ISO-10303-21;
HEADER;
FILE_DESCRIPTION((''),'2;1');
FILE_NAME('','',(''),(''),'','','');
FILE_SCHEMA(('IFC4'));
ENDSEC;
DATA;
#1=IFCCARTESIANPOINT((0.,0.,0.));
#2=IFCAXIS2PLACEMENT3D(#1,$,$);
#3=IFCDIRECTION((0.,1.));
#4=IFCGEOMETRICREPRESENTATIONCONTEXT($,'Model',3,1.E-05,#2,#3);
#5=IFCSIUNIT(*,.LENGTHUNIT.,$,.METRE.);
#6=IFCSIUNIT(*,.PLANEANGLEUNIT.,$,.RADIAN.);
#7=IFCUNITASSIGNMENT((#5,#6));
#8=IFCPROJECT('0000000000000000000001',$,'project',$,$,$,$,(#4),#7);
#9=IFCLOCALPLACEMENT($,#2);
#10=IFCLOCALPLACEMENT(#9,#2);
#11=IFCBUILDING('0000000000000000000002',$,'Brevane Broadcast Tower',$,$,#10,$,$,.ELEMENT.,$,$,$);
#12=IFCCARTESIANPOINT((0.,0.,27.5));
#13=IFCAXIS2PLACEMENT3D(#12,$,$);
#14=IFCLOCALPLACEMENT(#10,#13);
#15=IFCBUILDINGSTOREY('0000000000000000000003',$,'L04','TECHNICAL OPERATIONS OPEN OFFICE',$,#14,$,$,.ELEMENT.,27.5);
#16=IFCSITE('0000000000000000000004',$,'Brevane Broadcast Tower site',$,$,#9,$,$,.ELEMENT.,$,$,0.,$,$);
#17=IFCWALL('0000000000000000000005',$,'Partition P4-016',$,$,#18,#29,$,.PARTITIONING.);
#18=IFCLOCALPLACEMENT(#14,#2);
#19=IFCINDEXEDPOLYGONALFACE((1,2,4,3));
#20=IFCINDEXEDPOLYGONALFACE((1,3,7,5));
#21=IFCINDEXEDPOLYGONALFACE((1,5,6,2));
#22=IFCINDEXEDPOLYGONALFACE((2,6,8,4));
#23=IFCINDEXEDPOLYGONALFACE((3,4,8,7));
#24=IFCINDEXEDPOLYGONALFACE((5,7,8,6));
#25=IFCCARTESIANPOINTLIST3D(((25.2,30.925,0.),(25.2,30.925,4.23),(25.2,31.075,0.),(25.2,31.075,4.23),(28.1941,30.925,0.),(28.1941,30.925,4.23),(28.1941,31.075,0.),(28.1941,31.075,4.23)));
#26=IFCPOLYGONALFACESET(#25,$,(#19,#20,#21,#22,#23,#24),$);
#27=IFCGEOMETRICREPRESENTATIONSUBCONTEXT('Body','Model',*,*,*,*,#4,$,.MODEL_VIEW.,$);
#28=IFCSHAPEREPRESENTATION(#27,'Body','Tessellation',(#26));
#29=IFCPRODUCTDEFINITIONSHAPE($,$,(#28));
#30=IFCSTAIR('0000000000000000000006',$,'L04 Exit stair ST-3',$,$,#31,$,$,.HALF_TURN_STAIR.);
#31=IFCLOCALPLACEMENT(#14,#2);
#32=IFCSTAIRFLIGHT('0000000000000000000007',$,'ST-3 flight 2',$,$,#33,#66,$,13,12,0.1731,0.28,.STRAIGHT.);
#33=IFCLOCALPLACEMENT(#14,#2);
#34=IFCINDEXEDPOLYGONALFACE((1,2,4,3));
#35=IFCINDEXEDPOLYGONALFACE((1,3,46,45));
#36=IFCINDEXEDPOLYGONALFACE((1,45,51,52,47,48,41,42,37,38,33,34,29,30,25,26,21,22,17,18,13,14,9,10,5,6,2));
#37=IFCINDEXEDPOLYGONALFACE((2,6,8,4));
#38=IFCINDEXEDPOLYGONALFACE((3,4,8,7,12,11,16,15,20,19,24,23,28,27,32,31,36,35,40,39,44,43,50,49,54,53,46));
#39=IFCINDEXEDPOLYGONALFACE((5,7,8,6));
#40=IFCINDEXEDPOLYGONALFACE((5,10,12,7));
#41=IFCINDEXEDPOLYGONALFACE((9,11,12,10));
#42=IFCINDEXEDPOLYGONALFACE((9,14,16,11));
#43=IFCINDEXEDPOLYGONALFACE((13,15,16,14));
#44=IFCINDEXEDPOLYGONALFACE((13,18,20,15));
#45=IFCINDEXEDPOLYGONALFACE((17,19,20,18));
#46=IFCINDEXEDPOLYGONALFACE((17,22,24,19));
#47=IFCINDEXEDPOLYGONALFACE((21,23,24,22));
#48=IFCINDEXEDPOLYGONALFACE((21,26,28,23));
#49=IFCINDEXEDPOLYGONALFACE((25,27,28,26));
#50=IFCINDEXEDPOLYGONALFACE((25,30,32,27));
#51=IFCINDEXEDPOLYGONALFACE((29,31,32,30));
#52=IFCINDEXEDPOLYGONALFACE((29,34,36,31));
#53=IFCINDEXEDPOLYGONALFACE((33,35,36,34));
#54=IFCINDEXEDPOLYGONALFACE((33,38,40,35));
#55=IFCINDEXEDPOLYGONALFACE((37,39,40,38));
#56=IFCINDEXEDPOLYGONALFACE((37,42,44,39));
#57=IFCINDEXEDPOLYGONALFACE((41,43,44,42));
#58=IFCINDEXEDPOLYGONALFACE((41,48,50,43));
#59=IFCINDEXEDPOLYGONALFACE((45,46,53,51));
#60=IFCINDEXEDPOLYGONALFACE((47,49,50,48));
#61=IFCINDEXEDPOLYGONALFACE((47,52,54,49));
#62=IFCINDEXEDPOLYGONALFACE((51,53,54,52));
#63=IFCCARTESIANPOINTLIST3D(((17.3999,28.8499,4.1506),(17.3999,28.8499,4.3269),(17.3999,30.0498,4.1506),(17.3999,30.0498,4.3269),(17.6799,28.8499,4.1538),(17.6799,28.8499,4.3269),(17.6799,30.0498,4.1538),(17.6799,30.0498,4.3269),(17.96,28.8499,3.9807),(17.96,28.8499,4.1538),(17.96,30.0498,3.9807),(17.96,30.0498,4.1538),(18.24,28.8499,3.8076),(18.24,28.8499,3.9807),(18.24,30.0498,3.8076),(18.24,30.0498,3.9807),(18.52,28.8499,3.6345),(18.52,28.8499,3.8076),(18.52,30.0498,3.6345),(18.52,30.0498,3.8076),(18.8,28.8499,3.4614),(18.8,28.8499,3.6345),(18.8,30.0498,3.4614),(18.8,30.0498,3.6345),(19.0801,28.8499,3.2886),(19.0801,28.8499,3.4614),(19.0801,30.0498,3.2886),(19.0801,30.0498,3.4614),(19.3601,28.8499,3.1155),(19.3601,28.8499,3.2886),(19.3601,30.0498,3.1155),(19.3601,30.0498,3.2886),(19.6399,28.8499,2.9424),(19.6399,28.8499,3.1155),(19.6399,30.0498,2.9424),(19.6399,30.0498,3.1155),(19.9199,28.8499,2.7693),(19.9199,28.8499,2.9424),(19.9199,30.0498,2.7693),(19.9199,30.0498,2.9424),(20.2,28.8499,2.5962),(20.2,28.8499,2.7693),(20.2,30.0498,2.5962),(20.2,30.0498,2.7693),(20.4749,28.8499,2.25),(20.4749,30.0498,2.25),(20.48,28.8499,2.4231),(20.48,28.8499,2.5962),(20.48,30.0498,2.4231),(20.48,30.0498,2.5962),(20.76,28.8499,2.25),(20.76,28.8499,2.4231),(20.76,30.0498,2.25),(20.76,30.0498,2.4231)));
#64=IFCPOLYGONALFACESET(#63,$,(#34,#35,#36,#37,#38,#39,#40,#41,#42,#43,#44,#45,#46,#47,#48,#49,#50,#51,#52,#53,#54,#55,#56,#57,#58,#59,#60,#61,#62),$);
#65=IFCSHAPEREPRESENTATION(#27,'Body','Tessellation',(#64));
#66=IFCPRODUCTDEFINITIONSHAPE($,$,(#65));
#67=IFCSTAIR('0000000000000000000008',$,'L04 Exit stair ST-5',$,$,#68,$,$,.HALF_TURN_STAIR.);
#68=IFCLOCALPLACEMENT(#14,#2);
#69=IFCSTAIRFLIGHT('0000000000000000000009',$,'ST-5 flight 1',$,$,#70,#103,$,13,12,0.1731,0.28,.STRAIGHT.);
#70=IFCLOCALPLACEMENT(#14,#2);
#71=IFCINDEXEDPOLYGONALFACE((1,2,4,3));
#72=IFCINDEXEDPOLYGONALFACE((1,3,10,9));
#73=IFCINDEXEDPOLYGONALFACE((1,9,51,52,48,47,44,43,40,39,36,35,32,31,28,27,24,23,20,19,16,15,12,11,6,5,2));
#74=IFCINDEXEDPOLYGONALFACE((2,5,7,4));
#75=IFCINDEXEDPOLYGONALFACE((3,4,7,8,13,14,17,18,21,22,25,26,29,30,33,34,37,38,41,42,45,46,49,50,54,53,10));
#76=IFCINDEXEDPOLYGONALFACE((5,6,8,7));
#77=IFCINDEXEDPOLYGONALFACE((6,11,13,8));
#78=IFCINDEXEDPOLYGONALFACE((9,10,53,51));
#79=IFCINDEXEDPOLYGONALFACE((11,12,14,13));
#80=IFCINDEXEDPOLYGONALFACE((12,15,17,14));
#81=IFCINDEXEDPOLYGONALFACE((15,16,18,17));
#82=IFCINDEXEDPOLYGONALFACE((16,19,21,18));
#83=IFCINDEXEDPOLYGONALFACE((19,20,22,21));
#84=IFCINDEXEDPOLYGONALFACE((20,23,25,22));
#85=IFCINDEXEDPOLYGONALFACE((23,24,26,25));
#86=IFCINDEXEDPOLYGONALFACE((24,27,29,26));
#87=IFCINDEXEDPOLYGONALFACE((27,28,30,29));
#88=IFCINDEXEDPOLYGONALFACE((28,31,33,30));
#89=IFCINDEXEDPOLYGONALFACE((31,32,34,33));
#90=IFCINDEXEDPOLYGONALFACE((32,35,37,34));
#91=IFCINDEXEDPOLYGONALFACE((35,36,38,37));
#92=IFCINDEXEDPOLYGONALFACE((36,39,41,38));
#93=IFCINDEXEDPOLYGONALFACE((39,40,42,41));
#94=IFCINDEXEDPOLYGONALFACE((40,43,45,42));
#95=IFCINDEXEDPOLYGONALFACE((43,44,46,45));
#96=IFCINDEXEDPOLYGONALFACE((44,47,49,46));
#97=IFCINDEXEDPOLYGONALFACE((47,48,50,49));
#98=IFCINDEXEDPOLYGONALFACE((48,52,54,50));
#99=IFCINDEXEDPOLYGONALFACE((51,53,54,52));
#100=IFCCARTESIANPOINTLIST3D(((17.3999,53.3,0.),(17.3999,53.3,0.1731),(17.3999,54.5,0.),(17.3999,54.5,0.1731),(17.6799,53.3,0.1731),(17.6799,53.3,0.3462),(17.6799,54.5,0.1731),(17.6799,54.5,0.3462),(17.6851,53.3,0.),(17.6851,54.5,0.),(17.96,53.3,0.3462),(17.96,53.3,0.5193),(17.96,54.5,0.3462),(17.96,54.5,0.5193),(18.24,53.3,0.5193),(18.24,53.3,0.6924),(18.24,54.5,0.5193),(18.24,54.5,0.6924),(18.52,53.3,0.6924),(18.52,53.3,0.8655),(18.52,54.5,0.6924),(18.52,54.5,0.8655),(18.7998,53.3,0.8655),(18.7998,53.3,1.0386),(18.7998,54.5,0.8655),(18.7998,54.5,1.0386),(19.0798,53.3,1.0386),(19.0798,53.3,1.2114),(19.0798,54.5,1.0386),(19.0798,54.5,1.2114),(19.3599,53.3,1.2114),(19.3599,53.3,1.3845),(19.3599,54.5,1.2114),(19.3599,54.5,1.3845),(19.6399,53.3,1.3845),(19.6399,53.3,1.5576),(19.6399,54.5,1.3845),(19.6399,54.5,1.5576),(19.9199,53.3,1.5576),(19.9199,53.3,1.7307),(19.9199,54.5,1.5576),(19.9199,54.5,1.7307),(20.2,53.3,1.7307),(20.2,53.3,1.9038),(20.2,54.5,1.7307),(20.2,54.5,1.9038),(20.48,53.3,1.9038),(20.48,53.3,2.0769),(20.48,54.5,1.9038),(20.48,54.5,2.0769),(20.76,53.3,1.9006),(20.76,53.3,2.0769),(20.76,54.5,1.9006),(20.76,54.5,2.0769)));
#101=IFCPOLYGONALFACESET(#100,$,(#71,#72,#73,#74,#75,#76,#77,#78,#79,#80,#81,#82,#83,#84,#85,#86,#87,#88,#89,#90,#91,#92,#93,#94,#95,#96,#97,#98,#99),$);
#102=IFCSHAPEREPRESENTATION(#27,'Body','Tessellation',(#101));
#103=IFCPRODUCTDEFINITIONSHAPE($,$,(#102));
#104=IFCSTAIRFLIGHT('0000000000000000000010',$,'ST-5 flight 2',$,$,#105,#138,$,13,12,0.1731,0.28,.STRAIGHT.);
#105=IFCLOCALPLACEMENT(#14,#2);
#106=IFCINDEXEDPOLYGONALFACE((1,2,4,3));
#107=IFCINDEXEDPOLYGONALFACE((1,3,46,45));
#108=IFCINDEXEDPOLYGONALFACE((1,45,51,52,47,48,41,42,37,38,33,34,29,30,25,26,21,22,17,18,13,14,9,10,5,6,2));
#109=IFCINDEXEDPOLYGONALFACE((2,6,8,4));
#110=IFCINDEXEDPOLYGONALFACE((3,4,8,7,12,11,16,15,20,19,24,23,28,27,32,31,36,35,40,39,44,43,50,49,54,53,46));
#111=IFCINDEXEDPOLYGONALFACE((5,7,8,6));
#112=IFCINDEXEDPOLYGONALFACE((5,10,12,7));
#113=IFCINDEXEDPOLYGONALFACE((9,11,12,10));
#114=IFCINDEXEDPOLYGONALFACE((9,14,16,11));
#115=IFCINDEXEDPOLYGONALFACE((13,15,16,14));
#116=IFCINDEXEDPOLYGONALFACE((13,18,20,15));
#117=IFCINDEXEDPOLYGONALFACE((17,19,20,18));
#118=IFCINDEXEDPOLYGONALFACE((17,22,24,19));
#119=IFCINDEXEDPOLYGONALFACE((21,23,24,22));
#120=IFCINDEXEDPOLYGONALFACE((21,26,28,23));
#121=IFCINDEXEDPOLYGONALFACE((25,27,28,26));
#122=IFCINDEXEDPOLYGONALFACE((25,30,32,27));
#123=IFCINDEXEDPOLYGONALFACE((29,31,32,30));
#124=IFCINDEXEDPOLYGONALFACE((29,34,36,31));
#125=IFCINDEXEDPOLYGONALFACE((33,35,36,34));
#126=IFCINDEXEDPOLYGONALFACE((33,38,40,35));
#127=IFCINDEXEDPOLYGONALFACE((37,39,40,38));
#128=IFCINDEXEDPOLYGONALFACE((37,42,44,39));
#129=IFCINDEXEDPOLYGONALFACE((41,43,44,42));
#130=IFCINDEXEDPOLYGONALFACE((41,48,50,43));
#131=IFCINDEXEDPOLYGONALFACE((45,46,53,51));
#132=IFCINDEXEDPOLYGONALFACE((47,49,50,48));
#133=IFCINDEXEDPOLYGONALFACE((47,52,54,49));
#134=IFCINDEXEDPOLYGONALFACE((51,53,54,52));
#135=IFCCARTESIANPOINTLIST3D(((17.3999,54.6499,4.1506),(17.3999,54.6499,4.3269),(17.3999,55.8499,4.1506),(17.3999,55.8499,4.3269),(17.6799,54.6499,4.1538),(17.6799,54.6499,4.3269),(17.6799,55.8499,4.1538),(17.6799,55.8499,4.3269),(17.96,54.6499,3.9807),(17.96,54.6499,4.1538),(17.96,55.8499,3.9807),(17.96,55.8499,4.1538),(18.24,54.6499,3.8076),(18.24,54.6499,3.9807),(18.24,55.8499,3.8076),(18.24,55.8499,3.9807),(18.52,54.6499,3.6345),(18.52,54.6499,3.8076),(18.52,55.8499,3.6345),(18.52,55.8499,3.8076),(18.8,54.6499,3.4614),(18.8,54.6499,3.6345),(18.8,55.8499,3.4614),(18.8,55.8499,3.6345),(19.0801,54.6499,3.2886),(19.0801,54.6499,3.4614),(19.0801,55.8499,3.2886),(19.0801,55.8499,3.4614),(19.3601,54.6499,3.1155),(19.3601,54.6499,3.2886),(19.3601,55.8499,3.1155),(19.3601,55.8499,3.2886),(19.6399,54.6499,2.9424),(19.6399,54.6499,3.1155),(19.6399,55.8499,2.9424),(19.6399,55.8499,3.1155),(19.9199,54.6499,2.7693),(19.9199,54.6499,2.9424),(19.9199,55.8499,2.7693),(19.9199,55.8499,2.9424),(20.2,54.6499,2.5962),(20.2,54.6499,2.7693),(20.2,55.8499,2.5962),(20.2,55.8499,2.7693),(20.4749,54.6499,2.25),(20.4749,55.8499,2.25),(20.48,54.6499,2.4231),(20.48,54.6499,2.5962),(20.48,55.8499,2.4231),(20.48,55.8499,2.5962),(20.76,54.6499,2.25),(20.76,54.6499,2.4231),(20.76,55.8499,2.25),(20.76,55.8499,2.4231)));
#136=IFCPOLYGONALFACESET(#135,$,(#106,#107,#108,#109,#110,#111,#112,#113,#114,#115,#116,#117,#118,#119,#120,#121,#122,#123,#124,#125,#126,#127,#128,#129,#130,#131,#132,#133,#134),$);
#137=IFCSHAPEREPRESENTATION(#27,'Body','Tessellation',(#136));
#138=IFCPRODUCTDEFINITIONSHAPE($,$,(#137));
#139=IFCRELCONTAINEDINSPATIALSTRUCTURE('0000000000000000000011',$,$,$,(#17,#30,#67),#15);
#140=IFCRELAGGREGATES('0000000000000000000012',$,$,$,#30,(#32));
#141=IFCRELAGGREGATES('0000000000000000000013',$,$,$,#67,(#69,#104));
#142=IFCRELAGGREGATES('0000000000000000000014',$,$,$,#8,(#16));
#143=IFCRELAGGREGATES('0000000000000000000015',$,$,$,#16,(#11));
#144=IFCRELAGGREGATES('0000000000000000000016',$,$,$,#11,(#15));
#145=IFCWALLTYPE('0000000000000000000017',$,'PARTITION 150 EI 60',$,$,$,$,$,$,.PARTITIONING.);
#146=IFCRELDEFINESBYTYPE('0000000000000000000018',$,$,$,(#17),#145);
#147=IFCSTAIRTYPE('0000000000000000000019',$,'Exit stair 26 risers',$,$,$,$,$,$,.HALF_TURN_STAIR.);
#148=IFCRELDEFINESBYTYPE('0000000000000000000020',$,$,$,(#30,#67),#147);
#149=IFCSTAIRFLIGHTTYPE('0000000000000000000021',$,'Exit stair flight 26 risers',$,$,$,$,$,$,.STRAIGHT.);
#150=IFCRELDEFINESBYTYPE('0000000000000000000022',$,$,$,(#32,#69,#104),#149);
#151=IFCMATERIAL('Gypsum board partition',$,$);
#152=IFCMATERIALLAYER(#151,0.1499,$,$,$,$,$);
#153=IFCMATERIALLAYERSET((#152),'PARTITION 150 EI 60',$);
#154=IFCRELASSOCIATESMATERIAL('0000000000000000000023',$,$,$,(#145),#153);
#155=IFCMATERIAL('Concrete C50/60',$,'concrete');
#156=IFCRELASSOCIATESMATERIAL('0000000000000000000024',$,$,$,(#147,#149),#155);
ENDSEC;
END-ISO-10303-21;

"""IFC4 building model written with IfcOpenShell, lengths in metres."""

from ifc_helpers import new_model, si_unit, direction, frame, frame_2d, origin, place, context, subcontext, project, spatial, polyline, rectangle, outline, extrude, material, layer, layer_set, type_object, element, aggregate, save


model = new_model("IFC4")

# Units and contexts
model_context = context("Model", 3, precision=1e-05, world=origin(), true_north=direction((0.0, 1.0)))
body_context = subcontext(model_context, "Body", "Model", "MODEL_VIEW")
ifc_project = project(units=[si_unit("LENGTHUNIT", "METRE"), si_unit("PLANEANGLEUNIT", "RADIAN")], contexts=[model_context])

# Site, building, storey
site_placement = place(None, origin())
site = spatial("IfcSite", under=ifc_project, at=site_placement, Name="Brevane Broadcast Tower site", CompositionType="ELEMENT", RefElevation=0.0)
building_placement = place(site_placement, origin())
building = spatial("IfcBuilding", under=site, at=building_placement, Name="Brevane Broadcast Tower", CompositionType="ELEMENT")
storey_placement = place(building_placement, frame((0.0, 0.0, 27.5)))
storey = spatial("IfcBuildingStorey", under=building, at=storey_placement, Name="L04", Description="TECHNICAL OPERATIONS OPEN OFFICE", CompositionType="ELEMENT", Elevation=27.5)

# Shared definitions
ifc_material_1 = material(Name="Gypsum board partition")
ifc_layer_1 = layer(ifc_material_1, 0.1499)
ifc_layer_set_1 = layer_set([ifc_layer_1], Name="PARTITION 150 EI 60")
wall_type_1 = type_object("IfcWallType", Name="PARTITION 150 EI 60", PredefinedType="PARTITIONING", material=ifc_layer_set_1)

# Wall
wall_1_placement = place(storey_placement, frame((25.2, 31.0, 0.0), z_axis=(0.0, 0.0, 1.0), x_axis=(1.0, 0.0, 0.0)))
element("IfcWall", 1, at=wall_1_placement, inside=storey, type_object=wall_type_1, Name="Partition P4-016", PredefinedType="PARTITIONING", context=body_context, shape_type="SweptSolid", body=[
    extrude(rectangle(XDim=2.9941, YDim=0.1499, at=frame_2d((1.4971, 0.0))), origin(), (0.0, 0.0, 1.0), 4.23),
])

# Stair, stair flight
ifc_material_2 = material(Name="Concrete C50/60", Category="concrete")
stair_type = type_object("IfcStairType", Name="Exit stair 26 risers", PredefinedType="HALF_TURN_STAIR", material=ifc_material_2)
stair_1_placement = place(storey_placement, origin())
stair_1 = element("IfcStair", 2, at=stair_1_placement, inside=storey, type_object=stair_type, Name="L04 Exit stair ST-3", PredefinedType="HALF_TURN_STAIR")
stair_flight_type = type_object("IfcStairFlightType", Name="Exit stair flight 26 risers", PredefinedType="STRAIGHT", material=ifc_material_2)
stair_flight_1_placement = place(storey_placement, frame((20.76, 29.45, 2.25), z_axis=(0.0, 0.0, 1.0), x_axis=(-1.0, 0.0, 0.0)))
stair_flight_1 = element("IfcStairFlight", 3, at=stair_flight_1_placement, type_object=stair_flight_type, Name="ST-3 flight 2", NumberOfRisers=13, NumberOfTreads=12, PredefinedType="STRAIGHT", RiserHeight=0.1731, TreadLength=0.28, context=body_context, shape_type="SweptSolid", body=[
    extrude(outline(polyline([(0.0, 0.0), (0.0, 0.1731), (0.28, 0.1731), (0.28, 0.3462), (0.5601, 0.3462), (0.5601, 0.5193), (0.8401, 0.5193), (0.8401, 0.6924), (1.1201, 0.6924), (1.1201, 0.8655), (1.3999, 0.8655), (1.3999, 1.0386), (1.6799, 1.0386), (1.6799, 1.2114), (1.96, 1.2114), (1.96, 1.3845), (2.24, 1.3845), (2.24, 1.5576), (2.52, 1.5576), (2.52, 1.7307), (2.8, 1.7307), (2.8, 1.9038), (3.0801, 1.9038), (3.0801, 2.0769), (3.3601, 2.0769), (3.3601, 2.25), (3.3601, 1.9006), (0.2852, 0.0), (0.0, 0.0)])), frame((0.0, 0.6001, 0.0), z_axis=(0.0, -1.0, 0.0), x_axis=(1.0, 0.0, 0.0)), (0.0, 0.0, 1.0), 1.2),
])
aggregate(stair_1, [stair_flight_1])

# Stair, stair flights
stair_2_placement = place(storey_placement, origin())
stair_2 = element("IfcStair", 4, at=stair_2_placement, inside=storey, type_object=stair_type, Name="L04 Exit stair ST-5", PredefinedType="HALF_TURN_STAIR")
stair_flight_2_placement = place(storey_placement, frame((17.3999, 53.8999, 0.0), z_axis=(0.0, 0.0, 1.0), x_axis=(1.0, 0.0, 0.0)))
stair_flight_2 = element("IfcStairFlight", 5, at=stair_flight_2_placement, type_object=stair_flight_type, Name="ST-5 flight 1", NumberOfRisers=13, NumberOfTreads=12, PredefinedType="STRAIGHT", RiserHeight=0.1731, TreadLength=0.28, context=body_context, shape_type="SweptSolid", body=[
    extrude(outline(polyline([(0.0, 0.0), (0.0, 0.1731), (0.28, 0.1731), (0.28, 0.3462), (0.5601, 0.3462), (0.5601, 0.5193), (0.8401, 0.5193), (0.8401, 0.6924), (1.1201, 0.6924), (1.1201, 0.8655), (1.3999, 0.8655), (1.3999, 1.0386), (1.6799, 1.0386), (1.6799, 1.2114), (1.96, 1.2114), (1.96, 1.3845), (2.24, 1.3845), (2.24, 1.5576), (2.52, 1.5576), (2.52, 1.7307), (2.8, 1.7307), (2.8, 1.9038), (3.0801, 1.9038), (3.0801, 2.0769), (3.3601, 2.0769), (3.3601, 2.25), (3.3601, 1.9006), (0.2852, 0.0), (0.0, 0.0)])), frame((0.0, 0.6001, 0.0), z_axis=(0.0, -1.0, 0.0), x_axis=(1.0, 0.0, 0.0)), (0.0, 0.0, 1.0), 1.2),
])
stair_flight_3_placement = place(storey_placement, frame((20.76, 55.25, 2.25), z_axis=(0.0, 0.0, 1.0), x_axis=(-1.0, 0.0, 0.0)))
stair_flight_3 = element("IfcStairFlight", 6, at=stair_flight_3_placement, type_object=stair_flight_type, Name="ST-5 flight 2", NumberOfRisers=13, NumberOfTreads=12, PredefinedType="STRAIGHT", RiserHeight=0.1731, TreadLength=0.28, context=body_context, shape_type="SweptSolid", body=[
    extrude(outline(polyline([(0.0, 0.0), (0.0, 0.1731), (0.28, 0.1731), (0.28, 0.3462), (0.5601, 0.3462), (0.5601, 0.5193), (0.8401, 0.5193), (0.8401, 0.6924), (1.1201, 0.6924), (1.1201, 0.8655), (1.3999, 0.8655), (1.3999, 1.0386), (1.6799, 1.0386), (1.6799, 1.2114), (1.96, 1.2114), (1.96, 1.3845), (2.24, 1.3845), (2.24, 1.5576), (2.52, 1.5576), (2.52, 1.7307), (2.8, 1.7307), (2.8, 1.9038), (3.0801, 1.9038), (3.0801, 2.0769), (3.3601, 2.0769), (3.3601, 2.25), (3.3601, 1.9006), (0.2852, 0.0), (0.0, 0.0)])), frame((0.0, 0.6001, 0.0), z_axis=(0.0, -1.0, 0.0), x_axis=(1.0, 0.0, 0.0)), (0.0, 0.0, 1.0), 1.2),
])
aggregate(stair_2, [stair_flight_2, stair_flight_3])

save(model, "model.ifc")
